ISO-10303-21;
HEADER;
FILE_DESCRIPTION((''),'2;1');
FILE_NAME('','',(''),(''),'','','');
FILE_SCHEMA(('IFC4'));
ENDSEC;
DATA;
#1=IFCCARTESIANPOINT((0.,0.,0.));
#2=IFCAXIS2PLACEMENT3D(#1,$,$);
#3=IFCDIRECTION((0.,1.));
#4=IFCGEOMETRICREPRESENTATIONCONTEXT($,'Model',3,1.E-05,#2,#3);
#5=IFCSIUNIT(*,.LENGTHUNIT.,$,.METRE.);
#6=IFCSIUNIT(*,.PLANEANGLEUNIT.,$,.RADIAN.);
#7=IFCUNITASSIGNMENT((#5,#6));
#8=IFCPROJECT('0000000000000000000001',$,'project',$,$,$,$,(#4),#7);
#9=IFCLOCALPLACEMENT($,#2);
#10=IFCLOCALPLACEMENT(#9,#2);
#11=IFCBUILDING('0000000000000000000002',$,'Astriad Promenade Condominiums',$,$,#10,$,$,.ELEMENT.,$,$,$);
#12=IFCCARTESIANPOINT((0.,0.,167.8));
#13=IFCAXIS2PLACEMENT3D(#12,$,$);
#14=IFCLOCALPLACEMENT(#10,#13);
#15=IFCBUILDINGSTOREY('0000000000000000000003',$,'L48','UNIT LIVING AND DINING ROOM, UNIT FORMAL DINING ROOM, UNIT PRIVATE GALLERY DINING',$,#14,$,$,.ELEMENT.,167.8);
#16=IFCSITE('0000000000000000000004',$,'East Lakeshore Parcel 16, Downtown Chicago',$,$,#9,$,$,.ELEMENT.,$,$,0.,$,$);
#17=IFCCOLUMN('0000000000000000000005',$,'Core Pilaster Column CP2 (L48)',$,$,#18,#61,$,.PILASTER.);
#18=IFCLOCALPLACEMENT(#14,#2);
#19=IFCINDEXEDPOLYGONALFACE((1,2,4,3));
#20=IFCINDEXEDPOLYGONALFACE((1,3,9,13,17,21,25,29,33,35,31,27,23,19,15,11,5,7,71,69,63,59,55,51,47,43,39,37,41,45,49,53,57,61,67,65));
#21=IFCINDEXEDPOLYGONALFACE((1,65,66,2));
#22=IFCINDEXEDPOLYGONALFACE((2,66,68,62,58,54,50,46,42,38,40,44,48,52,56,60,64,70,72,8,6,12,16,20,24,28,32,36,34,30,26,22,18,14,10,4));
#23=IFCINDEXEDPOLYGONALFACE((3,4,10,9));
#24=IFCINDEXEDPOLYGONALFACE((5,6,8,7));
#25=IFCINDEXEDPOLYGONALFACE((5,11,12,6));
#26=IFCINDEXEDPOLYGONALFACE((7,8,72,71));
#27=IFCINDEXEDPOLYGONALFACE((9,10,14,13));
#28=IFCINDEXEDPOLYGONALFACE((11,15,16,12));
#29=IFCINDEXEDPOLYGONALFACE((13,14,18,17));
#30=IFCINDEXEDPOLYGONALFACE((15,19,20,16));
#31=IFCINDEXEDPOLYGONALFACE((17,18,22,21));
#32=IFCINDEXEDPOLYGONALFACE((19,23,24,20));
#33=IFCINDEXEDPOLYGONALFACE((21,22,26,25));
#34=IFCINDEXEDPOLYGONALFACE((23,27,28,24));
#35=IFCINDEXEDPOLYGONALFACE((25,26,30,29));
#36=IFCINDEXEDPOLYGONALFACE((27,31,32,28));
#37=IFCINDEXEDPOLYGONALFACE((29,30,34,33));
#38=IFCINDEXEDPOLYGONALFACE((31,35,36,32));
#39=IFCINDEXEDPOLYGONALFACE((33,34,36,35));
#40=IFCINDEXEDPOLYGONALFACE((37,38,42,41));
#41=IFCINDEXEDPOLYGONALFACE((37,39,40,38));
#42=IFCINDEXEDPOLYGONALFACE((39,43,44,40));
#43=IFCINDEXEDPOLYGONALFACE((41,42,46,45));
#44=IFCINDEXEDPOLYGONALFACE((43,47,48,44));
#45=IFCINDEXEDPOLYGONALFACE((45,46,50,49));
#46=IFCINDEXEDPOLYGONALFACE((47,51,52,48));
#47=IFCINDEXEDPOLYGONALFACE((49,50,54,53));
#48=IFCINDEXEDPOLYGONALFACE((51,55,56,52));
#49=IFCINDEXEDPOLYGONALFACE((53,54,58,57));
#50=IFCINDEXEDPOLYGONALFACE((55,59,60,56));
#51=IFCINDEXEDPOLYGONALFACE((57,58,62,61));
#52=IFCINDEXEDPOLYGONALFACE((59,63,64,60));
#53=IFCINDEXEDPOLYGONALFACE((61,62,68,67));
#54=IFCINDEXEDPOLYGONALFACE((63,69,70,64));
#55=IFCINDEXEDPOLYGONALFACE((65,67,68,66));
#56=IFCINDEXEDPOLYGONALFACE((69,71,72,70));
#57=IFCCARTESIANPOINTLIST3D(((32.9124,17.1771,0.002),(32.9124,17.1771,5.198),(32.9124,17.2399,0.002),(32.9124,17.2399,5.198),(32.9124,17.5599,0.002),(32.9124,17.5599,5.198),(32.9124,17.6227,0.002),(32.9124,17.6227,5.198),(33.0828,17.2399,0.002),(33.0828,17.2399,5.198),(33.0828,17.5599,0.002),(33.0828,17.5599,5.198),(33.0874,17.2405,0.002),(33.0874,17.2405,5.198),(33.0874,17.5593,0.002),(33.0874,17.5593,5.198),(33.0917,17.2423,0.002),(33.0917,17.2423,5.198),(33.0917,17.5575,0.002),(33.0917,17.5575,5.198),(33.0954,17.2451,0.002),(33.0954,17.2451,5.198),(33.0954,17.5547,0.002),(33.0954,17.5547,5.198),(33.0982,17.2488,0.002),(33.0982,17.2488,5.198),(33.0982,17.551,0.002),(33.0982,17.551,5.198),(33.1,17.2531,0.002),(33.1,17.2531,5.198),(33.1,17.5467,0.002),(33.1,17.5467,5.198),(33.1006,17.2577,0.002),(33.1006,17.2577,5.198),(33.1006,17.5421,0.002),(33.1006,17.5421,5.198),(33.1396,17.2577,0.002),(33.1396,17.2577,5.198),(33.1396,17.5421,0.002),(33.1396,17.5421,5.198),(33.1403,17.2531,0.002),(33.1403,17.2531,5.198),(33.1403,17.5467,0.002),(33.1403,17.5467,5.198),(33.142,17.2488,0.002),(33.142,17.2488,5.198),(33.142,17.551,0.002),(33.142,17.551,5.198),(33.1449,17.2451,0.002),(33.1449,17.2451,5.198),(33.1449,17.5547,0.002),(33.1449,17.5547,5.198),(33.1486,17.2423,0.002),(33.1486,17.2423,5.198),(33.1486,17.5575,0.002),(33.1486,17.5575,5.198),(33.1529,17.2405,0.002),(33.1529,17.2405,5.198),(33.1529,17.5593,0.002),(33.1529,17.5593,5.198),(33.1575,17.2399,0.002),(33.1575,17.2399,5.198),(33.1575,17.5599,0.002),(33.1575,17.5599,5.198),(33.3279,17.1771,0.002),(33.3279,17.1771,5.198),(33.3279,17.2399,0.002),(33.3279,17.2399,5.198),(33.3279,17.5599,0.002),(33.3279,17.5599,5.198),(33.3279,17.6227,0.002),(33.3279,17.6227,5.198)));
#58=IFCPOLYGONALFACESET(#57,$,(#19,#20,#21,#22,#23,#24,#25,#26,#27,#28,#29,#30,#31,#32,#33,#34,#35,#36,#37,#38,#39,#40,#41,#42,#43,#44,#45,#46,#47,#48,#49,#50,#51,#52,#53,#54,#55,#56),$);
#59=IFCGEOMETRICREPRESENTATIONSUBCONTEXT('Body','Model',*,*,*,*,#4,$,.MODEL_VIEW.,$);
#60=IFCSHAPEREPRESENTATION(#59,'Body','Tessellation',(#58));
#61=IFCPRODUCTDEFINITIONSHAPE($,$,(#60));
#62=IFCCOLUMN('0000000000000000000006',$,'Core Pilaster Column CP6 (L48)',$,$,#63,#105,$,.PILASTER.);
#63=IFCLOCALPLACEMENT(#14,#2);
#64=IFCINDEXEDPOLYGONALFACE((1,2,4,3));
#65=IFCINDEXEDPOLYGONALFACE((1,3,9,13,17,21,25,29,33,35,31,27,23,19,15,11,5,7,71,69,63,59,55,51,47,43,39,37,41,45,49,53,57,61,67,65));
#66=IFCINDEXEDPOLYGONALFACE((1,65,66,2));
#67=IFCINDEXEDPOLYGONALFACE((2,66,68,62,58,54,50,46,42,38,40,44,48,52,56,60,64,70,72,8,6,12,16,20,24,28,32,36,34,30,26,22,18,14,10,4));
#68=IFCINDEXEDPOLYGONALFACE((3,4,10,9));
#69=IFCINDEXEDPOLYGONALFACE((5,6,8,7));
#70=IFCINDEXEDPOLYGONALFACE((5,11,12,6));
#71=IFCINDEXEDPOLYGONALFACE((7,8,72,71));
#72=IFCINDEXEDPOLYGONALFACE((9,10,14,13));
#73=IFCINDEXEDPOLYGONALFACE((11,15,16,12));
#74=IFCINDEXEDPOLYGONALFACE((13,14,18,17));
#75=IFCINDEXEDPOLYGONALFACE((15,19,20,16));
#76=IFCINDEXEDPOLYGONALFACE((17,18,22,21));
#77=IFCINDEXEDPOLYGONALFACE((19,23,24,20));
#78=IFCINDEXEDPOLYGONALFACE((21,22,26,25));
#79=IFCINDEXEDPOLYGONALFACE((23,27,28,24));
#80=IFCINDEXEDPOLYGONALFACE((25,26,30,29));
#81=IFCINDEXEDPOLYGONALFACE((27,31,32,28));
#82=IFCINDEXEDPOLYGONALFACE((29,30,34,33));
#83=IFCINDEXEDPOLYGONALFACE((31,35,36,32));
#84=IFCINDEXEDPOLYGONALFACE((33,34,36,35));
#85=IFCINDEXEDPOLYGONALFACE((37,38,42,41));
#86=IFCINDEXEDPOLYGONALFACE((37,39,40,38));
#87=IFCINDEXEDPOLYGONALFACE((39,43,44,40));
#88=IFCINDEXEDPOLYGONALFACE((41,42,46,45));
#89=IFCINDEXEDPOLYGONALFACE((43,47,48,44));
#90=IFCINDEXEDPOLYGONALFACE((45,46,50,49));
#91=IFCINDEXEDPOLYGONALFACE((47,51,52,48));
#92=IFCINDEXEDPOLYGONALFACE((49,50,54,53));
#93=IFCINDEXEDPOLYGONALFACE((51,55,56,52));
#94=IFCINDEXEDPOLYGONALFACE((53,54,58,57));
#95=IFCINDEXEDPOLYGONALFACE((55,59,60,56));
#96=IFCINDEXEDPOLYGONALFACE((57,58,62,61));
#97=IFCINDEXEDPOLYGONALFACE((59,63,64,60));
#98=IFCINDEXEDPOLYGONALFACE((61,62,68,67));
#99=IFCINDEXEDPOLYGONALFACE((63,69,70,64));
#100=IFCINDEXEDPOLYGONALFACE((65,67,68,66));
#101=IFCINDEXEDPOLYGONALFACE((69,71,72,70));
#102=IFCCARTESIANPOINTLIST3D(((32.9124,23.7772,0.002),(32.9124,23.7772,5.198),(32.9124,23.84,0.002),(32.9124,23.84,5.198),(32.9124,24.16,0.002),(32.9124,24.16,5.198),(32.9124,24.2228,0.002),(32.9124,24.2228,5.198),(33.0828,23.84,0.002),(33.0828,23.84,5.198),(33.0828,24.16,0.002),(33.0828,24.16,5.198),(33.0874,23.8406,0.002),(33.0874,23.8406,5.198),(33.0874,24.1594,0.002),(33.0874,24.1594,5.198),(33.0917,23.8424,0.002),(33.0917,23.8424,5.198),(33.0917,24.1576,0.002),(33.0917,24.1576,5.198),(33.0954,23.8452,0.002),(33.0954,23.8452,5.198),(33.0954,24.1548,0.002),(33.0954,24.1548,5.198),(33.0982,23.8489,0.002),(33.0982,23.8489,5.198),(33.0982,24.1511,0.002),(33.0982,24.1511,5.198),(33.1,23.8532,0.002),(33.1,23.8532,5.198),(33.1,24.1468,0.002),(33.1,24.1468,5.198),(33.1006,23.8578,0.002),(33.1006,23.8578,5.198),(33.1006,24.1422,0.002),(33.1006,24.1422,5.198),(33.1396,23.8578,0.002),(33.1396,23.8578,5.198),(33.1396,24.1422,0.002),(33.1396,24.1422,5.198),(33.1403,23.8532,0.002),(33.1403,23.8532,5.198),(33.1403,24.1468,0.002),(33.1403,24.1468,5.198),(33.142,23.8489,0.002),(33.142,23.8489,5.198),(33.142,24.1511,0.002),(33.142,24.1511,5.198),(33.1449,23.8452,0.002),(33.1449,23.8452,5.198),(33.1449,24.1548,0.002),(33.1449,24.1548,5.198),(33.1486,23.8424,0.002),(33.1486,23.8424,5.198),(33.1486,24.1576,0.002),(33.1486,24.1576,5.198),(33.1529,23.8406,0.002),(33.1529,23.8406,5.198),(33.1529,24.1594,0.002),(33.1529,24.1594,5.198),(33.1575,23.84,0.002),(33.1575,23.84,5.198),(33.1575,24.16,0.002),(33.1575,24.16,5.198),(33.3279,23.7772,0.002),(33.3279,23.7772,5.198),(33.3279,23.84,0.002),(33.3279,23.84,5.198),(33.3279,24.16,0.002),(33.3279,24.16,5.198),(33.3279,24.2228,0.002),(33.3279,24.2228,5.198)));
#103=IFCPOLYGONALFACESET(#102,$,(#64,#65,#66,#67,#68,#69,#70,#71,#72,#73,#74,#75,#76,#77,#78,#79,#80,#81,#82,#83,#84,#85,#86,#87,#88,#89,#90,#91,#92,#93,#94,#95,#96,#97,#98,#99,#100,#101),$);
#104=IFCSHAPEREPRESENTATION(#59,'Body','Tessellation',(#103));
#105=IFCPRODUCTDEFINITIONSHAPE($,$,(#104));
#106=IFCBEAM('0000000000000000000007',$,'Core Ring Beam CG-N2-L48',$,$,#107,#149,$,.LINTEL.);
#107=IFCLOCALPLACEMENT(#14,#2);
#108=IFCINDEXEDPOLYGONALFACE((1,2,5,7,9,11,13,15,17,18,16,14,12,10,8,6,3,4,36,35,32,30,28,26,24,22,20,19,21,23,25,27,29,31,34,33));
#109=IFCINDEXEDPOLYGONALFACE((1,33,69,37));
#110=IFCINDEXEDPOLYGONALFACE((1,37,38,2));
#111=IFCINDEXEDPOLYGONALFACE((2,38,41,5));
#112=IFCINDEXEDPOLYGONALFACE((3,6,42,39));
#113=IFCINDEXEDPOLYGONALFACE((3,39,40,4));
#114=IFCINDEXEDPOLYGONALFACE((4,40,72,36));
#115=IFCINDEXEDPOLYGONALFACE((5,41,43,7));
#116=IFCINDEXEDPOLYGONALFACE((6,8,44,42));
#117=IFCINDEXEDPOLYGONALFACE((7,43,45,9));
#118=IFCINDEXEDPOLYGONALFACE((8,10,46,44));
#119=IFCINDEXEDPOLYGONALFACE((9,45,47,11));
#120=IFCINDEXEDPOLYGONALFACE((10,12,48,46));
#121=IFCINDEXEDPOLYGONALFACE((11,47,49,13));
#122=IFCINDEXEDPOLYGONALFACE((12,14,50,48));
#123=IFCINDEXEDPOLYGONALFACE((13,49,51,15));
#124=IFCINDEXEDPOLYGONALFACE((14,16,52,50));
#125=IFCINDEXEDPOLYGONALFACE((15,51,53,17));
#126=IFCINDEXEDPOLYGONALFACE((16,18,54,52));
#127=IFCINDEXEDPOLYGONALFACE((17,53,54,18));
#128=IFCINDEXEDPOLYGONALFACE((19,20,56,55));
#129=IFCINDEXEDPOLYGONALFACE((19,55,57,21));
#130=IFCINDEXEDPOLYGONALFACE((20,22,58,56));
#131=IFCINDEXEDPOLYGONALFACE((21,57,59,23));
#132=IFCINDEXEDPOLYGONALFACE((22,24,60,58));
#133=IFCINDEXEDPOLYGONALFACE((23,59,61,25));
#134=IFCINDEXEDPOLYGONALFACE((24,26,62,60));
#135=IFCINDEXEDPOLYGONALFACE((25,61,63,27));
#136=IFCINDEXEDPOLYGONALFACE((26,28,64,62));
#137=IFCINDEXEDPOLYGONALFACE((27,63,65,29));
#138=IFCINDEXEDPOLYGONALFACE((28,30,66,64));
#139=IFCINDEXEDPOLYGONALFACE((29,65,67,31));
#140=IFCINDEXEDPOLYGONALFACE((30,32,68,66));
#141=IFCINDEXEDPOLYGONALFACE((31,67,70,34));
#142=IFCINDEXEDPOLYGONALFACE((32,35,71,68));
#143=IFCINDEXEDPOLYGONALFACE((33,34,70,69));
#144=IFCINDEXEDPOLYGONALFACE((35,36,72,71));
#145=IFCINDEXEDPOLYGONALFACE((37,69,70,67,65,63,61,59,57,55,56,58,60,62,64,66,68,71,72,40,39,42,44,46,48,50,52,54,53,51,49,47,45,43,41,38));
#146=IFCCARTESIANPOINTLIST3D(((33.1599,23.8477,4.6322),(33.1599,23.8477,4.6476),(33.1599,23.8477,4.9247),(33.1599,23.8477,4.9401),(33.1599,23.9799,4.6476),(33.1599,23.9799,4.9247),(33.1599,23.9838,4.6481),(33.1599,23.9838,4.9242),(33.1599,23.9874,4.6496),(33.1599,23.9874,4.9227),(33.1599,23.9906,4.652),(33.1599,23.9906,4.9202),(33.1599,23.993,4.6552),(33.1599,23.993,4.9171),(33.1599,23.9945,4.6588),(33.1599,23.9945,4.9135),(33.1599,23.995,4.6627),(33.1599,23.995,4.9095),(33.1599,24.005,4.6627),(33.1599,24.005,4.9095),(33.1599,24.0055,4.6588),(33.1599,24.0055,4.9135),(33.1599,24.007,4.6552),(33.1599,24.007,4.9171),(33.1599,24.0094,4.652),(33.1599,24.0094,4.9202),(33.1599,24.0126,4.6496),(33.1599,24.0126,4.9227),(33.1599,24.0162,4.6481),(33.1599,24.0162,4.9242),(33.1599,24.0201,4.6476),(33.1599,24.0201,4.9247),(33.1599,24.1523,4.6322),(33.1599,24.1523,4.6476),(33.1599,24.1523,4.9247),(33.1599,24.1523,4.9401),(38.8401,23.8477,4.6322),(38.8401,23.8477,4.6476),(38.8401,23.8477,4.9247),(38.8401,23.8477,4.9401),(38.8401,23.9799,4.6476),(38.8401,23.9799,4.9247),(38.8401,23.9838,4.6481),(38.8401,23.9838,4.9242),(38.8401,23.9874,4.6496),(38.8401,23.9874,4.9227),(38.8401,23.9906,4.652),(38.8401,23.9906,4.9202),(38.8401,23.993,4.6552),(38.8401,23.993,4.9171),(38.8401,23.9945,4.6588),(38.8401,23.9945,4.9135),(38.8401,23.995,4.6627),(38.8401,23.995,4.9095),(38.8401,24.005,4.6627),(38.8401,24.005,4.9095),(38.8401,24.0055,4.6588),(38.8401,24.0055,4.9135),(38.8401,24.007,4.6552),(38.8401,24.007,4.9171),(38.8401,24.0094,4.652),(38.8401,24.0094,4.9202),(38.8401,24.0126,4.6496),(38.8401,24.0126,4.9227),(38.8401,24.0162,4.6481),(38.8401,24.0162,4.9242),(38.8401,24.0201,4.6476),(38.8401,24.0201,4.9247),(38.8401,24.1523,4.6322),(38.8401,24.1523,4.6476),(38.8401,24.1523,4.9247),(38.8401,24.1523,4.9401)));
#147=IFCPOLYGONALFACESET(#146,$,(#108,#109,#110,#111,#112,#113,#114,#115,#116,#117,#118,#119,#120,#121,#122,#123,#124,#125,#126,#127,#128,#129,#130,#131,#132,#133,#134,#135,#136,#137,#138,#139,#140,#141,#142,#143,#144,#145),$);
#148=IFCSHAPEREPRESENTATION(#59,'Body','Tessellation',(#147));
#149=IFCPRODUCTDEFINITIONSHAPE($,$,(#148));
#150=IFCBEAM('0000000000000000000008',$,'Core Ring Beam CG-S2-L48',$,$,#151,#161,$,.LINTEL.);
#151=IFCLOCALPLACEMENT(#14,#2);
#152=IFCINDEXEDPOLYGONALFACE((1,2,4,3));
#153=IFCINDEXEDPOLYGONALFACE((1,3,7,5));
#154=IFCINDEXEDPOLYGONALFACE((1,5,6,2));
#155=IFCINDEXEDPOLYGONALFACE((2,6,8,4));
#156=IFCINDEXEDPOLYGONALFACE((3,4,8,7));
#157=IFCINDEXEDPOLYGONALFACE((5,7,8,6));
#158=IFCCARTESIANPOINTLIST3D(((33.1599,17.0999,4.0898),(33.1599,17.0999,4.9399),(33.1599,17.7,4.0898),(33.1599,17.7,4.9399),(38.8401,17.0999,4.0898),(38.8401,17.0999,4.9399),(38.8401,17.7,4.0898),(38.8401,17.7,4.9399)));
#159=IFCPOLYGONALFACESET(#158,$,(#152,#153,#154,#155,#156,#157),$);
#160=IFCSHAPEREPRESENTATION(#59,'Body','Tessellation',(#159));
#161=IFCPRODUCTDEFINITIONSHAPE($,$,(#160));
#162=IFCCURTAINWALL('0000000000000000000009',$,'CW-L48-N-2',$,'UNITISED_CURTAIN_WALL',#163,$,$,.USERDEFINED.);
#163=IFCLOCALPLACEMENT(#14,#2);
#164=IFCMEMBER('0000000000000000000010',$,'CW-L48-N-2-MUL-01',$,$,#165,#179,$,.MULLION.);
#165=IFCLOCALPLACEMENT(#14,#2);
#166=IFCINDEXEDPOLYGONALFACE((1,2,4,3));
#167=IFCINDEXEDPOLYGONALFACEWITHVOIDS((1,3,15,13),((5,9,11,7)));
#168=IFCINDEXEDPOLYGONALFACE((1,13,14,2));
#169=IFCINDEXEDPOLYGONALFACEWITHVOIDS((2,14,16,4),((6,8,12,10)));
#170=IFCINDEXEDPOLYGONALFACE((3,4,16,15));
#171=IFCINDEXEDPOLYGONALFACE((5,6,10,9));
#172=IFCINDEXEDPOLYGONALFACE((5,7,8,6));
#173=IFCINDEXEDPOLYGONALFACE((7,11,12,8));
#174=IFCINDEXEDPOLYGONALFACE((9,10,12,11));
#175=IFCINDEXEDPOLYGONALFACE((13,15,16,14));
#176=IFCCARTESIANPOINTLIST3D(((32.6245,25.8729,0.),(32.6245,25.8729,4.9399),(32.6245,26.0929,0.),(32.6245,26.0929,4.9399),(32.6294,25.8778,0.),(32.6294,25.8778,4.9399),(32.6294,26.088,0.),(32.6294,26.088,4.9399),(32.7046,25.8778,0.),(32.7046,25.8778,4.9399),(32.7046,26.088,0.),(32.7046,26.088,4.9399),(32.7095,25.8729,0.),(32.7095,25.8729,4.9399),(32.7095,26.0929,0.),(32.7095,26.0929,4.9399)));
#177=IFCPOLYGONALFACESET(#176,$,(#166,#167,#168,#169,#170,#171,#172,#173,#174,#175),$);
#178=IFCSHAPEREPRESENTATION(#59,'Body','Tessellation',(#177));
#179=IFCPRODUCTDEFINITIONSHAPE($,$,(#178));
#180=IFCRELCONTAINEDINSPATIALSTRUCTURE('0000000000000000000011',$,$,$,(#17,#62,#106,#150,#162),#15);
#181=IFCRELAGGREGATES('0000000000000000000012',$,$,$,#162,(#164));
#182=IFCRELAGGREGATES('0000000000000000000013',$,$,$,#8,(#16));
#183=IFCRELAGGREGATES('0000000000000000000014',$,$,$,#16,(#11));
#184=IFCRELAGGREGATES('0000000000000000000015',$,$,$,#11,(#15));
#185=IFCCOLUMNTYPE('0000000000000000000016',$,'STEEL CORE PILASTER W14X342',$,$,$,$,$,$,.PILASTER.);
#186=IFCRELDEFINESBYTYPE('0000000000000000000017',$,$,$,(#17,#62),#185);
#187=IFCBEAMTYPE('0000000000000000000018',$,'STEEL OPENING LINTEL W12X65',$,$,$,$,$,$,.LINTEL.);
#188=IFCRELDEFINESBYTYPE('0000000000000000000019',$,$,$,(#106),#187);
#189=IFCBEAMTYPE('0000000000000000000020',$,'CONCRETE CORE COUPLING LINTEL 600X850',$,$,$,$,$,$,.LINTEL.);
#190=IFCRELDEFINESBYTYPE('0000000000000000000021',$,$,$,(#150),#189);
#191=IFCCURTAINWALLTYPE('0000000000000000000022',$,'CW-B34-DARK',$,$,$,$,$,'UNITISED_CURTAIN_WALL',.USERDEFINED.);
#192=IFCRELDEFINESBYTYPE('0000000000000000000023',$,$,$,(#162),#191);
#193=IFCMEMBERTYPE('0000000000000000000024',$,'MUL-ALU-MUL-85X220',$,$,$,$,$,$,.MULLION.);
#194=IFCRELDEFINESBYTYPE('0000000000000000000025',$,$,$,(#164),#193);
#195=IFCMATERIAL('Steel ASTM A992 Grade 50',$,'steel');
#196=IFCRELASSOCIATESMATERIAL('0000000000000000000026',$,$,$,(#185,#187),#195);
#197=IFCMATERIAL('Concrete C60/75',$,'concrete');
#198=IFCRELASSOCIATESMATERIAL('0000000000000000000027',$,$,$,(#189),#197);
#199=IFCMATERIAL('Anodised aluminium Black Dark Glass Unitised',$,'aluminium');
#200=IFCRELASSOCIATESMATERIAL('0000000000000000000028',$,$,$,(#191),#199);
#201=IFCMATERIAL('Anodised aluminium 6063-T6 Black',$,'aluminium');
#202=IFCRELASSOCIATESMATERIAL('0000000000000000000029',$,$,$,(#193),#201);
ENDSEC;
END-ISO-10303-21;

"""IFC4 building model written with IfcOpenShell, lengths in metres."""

from ifc_helpers import new_model, si_unit, direction, frame, origin, origin_2d, place, context, subcontext, project, spatial, rectangle, hollow_rectangle, i_section, extrude, source, transform, mapped, material, material_profile, profile_set, type_object, type_shapes, element, aggregate, save


model = new_model("IFC4")

# Units and contexts
model_context = context("Model", 3, precision=1e-05, world=origin(), true_north=direction((0.0, 1.0)))
body_context = subcontext(model_context, "Body", "Model", "MODEL_VIEW")
ifc_project = project(units=[si_unit("LENGTHUNIT", "METRE"), si_unit("PLANEANGLEUNIT", "RADIAN")], contexts=[model_context])

# Site, building, storey
site_placement = place(None, origin())
site = spatial("IfcSite", under=ifc_project, at=site_placement, Name="East Lakeshore Parcel 16, Downtown Chicago", CompositionType="ELEMENT", RefElevation=0.0)
building_placement = place(site_placement, origin())
building = spatial("IfcBuilding", under=site, at=building_placement, Name="Astriad Promenade Condominiums", CompositionType="ELEMENT")
storey_placement = place(building_placement, frame((0.0, 0.0, 167.8)))
storey = spatial("IfcBuildingStorey", under=building, at=storey_placement, Name="L48", Description="UNIT LIVING AND DINING ROOM, UNIT FORMAL DINING ROOM, UNIT PRIVATE GALLERY DINING", CompositionType="ELEMENT", Elevation=167.8)

# Columns
ifc_material_1 = material(Name="Steel ASTM A992 Grade 50", Category="steel")
ifc_material_profile_1 = material_profile(ifc_material_1, i_section(OverallWidth=0.4155, OverallDepth=0.4456, WebThickness=0.0391, FlangeThickness=0.0627, FilletRadius=0.0178, at=origin_2d()), Name="W14X342")
ifc_profile_set_1 = profile_set([ifc_material_profile_1], Name="Steel ASTM A992 Grade 50")
column_type = type_object("IfcColumnType", Name="STEEL CORE PILASTER W14X342", PredefinedType="PILASTER", material=ifc_profile_set_1)
shared_shape_1 = source(origin(), body_context, "Body", "SweptSolid", [
    extrude(i_section(OverallWidth=0.4155, OverallDepth=0.4456, WebThickness=0.0391, FlangeThickness=0.0627, FilletRadius=0.0178, at=origin_2d()), origin(), (0.0, 0.0, 1.0), 5.196),
])
type_shapes(column_type, [shared_shape_1])
for number, where, z_axis, x_axis, name in (
    (1, (33.1201, 17.3999, 0.002), (0.0, 0.0, 1.0), (1.0, 0.0, 0.0), "Core Pilaster Column CP2 (L48)"),
    (2, (33.1201, 24.0, 0.002), (0.0, 0.0, 1.0), (1.0, 0.0, 0.0), "Core Pilaster Column CP6 (L48)"),
):
    element("IfcColumn", number, at=place(storey_placement, frame(where, z_axis=z_axis, x_axis=x_axis)), inside=storey, type_object=column_type, Name=name, PredefinedType="PILASTER", context=body_context, shape_type="MappedRepresentation", body=[
        mapped(shared_shape_1, transform((0.0, 0.0, 0.0), scale=1.0)),
    ])

# Beams
ifc_material_profile_2 = material_profile(ifc_material_1, i_section(OverallWidth=0.3047, OverallDepth=0.3079, WebThickness=0.01, FlangeThickness=0.0154, FilletRadius=0.0151, at=origin_2d()), Name="W12X65")
ifc_profile_set_2 = profile_set([ifc_material_profile_2], Name="Steel ASTM A992 Grade 50")
beam_type_1 = type_object("IfcBeamType", Name="STEEL OPENING LINTEL W12X65", PredefinedType="LINTEL", material=ifc_profile_set_2)
shared_shape_2 = source(origin(), body_context, "Body", "SweptSolid", [
    extrude(i_section(OverallWidth=0.3047, OverallDepth=0.3079, WebThickness=0.01, FlangeThickness=0.0154, FilletRadius=0.0151, at=origin_2d()), origin(), (0.0, 0.0, 1.0), 5.6802),
])
type_shapes(beam_type_1, [shared_shape_2])
beam_1_placement = place(storey_placement, frame((33.1599, 24.0, 4.7861), z_axis=(1.0, 0.0, 0.0), x_axis=(0.0, 1.0, 0.0)))
element("IfcBeam", 3, at=beam_1_placement, inside=storey, type_object=beam_type_1, Name="Core Ring Beam CG-N2-L48", PredefinedType="LINTEL", context=body_context, shape_type="MappedRepresentation", body=[
    mapped(shared_shape_2, transform((0.0, 0.0, 0.0), scale=1.0)),
])
ifc_material_2 = material(Name="Concrete C60/75", Category="concrete")
ifc_material_profile_3 = material_profile(ifc_material_2, rectangle(XDim=0.6001, YDim=0.8501, at=origin_2d()), Name="RC-BM-600X850")
ifc_profile_set_3 = profile_set([ifc_material_profile_3], Name="Concrete C60/75")
beam_type_2 = type_object("IfcBeamType", Name="CONCRETE CORE COUPLING LINTEL 600X850", PredefinedType="LINTEL", material=ifc_profile_set_3)
shared_shape_3 = source(origin(), body_context, "Body", "SweptSolid", [
    extrude(rectangle(XDim=0.6001, YDim=0.8501, at=origin_2d()), origin(), (0.0, 0.0, 1.0), 5.6802),
])
type_shapes(beam_type_2, [shared_shape_3])
beam_2_placement = place(storey_placement, frame((33.1599, 17.3999, 4.5149), z_axis=(1.0, 0.0, 0.0), x_axis=(0.0, 1.0, 0.0)))
element("IfcBeam", 4, at=beam_2_placement, inside=storey, type_object=beam_type_2, Name="Core Ring Beam CG-S2-L48", PredefinedType="LINTEL", context=body_context, shape_type="MappedRepresentation", body=[
    mapped(shared_shape_3, transform((0.0, 0.0, 0.0), scale=1.0)),
])

# Curtain wall, member
ifc_material_3 = material(Name="Anodised aluminium Black Dark Glass Unitised", Category="aluminium")
curtain_wall_type = type_object("IfcCurtainWallType", Name="CW-B34-DARK", ElementType="UNITISED_CURTAIN_WALL", PredefinedType="USERDEFINED", material=ifc_material_3)
curtain_wall_placement = place(storey_placement, origin())
curtain_wall = element("IfcCurtainWall", 5, at=curtain_wall_placement, inside=storey, type_object=curtain_wall_type, Name="CW-L48-N-2", ObjectType="UNITISED_CURTAIN_WALL", PredefinedType="USERDEFINED")
ifc_material_4 = material(Name="Anodised aluminium 6063-T6 Black", Category="aluminium")
ifc_material_profile_4 = material_profile(ifc_material_4, hollow_rectangle(XDim=0.085, YDim=0.22, WallThickness=0.0049, at=origin_2d()), Name="ALU-MUL-85X220")
ifc_profile_set_4 = profile_set([ifc_material_profile_4], Name="Anodised aluminium 6063-T6 Black")
member_type_1 = type_object("IfcMemberType", Name="MUL-ALU-MUL-85X220", PredefinedType="MULLION", material=ifc_profile_set_4)
shared_shape_4 = source(origin(), body_context, "Body", "SweptSolid", [
    extrude(hollow_rectangle(XDim=0.085, YDim=0.22, WallThickness=0.0049, at=origin_2d()), origin(), (0.0, 0.0, 1.0), 4.9399),
])
type_shapes(member_type_1, [shared_shape_4])
member_1_placement = place(storey_placement, frame((32.667, 25.9829, 0.0), z_axis=(0.0, 0.0, 1.0), x_axis=(1.0, 0.0, 0.0)))
member_1 = element("IfcMember", 6, at=member_1_placement, type_object=member_type_1, Name="CW-L48-N-2-MUL-01", PredefinedType="MULLION", context=body_context, shape_type="MappedRepresentation", body=[
    mapped(shared_shape_4, transform((0.0, 0.0, 0.0), scale=1.0)),
])
aggregate(curtain_wall, [member_1])

save(model, "model.ifc")
